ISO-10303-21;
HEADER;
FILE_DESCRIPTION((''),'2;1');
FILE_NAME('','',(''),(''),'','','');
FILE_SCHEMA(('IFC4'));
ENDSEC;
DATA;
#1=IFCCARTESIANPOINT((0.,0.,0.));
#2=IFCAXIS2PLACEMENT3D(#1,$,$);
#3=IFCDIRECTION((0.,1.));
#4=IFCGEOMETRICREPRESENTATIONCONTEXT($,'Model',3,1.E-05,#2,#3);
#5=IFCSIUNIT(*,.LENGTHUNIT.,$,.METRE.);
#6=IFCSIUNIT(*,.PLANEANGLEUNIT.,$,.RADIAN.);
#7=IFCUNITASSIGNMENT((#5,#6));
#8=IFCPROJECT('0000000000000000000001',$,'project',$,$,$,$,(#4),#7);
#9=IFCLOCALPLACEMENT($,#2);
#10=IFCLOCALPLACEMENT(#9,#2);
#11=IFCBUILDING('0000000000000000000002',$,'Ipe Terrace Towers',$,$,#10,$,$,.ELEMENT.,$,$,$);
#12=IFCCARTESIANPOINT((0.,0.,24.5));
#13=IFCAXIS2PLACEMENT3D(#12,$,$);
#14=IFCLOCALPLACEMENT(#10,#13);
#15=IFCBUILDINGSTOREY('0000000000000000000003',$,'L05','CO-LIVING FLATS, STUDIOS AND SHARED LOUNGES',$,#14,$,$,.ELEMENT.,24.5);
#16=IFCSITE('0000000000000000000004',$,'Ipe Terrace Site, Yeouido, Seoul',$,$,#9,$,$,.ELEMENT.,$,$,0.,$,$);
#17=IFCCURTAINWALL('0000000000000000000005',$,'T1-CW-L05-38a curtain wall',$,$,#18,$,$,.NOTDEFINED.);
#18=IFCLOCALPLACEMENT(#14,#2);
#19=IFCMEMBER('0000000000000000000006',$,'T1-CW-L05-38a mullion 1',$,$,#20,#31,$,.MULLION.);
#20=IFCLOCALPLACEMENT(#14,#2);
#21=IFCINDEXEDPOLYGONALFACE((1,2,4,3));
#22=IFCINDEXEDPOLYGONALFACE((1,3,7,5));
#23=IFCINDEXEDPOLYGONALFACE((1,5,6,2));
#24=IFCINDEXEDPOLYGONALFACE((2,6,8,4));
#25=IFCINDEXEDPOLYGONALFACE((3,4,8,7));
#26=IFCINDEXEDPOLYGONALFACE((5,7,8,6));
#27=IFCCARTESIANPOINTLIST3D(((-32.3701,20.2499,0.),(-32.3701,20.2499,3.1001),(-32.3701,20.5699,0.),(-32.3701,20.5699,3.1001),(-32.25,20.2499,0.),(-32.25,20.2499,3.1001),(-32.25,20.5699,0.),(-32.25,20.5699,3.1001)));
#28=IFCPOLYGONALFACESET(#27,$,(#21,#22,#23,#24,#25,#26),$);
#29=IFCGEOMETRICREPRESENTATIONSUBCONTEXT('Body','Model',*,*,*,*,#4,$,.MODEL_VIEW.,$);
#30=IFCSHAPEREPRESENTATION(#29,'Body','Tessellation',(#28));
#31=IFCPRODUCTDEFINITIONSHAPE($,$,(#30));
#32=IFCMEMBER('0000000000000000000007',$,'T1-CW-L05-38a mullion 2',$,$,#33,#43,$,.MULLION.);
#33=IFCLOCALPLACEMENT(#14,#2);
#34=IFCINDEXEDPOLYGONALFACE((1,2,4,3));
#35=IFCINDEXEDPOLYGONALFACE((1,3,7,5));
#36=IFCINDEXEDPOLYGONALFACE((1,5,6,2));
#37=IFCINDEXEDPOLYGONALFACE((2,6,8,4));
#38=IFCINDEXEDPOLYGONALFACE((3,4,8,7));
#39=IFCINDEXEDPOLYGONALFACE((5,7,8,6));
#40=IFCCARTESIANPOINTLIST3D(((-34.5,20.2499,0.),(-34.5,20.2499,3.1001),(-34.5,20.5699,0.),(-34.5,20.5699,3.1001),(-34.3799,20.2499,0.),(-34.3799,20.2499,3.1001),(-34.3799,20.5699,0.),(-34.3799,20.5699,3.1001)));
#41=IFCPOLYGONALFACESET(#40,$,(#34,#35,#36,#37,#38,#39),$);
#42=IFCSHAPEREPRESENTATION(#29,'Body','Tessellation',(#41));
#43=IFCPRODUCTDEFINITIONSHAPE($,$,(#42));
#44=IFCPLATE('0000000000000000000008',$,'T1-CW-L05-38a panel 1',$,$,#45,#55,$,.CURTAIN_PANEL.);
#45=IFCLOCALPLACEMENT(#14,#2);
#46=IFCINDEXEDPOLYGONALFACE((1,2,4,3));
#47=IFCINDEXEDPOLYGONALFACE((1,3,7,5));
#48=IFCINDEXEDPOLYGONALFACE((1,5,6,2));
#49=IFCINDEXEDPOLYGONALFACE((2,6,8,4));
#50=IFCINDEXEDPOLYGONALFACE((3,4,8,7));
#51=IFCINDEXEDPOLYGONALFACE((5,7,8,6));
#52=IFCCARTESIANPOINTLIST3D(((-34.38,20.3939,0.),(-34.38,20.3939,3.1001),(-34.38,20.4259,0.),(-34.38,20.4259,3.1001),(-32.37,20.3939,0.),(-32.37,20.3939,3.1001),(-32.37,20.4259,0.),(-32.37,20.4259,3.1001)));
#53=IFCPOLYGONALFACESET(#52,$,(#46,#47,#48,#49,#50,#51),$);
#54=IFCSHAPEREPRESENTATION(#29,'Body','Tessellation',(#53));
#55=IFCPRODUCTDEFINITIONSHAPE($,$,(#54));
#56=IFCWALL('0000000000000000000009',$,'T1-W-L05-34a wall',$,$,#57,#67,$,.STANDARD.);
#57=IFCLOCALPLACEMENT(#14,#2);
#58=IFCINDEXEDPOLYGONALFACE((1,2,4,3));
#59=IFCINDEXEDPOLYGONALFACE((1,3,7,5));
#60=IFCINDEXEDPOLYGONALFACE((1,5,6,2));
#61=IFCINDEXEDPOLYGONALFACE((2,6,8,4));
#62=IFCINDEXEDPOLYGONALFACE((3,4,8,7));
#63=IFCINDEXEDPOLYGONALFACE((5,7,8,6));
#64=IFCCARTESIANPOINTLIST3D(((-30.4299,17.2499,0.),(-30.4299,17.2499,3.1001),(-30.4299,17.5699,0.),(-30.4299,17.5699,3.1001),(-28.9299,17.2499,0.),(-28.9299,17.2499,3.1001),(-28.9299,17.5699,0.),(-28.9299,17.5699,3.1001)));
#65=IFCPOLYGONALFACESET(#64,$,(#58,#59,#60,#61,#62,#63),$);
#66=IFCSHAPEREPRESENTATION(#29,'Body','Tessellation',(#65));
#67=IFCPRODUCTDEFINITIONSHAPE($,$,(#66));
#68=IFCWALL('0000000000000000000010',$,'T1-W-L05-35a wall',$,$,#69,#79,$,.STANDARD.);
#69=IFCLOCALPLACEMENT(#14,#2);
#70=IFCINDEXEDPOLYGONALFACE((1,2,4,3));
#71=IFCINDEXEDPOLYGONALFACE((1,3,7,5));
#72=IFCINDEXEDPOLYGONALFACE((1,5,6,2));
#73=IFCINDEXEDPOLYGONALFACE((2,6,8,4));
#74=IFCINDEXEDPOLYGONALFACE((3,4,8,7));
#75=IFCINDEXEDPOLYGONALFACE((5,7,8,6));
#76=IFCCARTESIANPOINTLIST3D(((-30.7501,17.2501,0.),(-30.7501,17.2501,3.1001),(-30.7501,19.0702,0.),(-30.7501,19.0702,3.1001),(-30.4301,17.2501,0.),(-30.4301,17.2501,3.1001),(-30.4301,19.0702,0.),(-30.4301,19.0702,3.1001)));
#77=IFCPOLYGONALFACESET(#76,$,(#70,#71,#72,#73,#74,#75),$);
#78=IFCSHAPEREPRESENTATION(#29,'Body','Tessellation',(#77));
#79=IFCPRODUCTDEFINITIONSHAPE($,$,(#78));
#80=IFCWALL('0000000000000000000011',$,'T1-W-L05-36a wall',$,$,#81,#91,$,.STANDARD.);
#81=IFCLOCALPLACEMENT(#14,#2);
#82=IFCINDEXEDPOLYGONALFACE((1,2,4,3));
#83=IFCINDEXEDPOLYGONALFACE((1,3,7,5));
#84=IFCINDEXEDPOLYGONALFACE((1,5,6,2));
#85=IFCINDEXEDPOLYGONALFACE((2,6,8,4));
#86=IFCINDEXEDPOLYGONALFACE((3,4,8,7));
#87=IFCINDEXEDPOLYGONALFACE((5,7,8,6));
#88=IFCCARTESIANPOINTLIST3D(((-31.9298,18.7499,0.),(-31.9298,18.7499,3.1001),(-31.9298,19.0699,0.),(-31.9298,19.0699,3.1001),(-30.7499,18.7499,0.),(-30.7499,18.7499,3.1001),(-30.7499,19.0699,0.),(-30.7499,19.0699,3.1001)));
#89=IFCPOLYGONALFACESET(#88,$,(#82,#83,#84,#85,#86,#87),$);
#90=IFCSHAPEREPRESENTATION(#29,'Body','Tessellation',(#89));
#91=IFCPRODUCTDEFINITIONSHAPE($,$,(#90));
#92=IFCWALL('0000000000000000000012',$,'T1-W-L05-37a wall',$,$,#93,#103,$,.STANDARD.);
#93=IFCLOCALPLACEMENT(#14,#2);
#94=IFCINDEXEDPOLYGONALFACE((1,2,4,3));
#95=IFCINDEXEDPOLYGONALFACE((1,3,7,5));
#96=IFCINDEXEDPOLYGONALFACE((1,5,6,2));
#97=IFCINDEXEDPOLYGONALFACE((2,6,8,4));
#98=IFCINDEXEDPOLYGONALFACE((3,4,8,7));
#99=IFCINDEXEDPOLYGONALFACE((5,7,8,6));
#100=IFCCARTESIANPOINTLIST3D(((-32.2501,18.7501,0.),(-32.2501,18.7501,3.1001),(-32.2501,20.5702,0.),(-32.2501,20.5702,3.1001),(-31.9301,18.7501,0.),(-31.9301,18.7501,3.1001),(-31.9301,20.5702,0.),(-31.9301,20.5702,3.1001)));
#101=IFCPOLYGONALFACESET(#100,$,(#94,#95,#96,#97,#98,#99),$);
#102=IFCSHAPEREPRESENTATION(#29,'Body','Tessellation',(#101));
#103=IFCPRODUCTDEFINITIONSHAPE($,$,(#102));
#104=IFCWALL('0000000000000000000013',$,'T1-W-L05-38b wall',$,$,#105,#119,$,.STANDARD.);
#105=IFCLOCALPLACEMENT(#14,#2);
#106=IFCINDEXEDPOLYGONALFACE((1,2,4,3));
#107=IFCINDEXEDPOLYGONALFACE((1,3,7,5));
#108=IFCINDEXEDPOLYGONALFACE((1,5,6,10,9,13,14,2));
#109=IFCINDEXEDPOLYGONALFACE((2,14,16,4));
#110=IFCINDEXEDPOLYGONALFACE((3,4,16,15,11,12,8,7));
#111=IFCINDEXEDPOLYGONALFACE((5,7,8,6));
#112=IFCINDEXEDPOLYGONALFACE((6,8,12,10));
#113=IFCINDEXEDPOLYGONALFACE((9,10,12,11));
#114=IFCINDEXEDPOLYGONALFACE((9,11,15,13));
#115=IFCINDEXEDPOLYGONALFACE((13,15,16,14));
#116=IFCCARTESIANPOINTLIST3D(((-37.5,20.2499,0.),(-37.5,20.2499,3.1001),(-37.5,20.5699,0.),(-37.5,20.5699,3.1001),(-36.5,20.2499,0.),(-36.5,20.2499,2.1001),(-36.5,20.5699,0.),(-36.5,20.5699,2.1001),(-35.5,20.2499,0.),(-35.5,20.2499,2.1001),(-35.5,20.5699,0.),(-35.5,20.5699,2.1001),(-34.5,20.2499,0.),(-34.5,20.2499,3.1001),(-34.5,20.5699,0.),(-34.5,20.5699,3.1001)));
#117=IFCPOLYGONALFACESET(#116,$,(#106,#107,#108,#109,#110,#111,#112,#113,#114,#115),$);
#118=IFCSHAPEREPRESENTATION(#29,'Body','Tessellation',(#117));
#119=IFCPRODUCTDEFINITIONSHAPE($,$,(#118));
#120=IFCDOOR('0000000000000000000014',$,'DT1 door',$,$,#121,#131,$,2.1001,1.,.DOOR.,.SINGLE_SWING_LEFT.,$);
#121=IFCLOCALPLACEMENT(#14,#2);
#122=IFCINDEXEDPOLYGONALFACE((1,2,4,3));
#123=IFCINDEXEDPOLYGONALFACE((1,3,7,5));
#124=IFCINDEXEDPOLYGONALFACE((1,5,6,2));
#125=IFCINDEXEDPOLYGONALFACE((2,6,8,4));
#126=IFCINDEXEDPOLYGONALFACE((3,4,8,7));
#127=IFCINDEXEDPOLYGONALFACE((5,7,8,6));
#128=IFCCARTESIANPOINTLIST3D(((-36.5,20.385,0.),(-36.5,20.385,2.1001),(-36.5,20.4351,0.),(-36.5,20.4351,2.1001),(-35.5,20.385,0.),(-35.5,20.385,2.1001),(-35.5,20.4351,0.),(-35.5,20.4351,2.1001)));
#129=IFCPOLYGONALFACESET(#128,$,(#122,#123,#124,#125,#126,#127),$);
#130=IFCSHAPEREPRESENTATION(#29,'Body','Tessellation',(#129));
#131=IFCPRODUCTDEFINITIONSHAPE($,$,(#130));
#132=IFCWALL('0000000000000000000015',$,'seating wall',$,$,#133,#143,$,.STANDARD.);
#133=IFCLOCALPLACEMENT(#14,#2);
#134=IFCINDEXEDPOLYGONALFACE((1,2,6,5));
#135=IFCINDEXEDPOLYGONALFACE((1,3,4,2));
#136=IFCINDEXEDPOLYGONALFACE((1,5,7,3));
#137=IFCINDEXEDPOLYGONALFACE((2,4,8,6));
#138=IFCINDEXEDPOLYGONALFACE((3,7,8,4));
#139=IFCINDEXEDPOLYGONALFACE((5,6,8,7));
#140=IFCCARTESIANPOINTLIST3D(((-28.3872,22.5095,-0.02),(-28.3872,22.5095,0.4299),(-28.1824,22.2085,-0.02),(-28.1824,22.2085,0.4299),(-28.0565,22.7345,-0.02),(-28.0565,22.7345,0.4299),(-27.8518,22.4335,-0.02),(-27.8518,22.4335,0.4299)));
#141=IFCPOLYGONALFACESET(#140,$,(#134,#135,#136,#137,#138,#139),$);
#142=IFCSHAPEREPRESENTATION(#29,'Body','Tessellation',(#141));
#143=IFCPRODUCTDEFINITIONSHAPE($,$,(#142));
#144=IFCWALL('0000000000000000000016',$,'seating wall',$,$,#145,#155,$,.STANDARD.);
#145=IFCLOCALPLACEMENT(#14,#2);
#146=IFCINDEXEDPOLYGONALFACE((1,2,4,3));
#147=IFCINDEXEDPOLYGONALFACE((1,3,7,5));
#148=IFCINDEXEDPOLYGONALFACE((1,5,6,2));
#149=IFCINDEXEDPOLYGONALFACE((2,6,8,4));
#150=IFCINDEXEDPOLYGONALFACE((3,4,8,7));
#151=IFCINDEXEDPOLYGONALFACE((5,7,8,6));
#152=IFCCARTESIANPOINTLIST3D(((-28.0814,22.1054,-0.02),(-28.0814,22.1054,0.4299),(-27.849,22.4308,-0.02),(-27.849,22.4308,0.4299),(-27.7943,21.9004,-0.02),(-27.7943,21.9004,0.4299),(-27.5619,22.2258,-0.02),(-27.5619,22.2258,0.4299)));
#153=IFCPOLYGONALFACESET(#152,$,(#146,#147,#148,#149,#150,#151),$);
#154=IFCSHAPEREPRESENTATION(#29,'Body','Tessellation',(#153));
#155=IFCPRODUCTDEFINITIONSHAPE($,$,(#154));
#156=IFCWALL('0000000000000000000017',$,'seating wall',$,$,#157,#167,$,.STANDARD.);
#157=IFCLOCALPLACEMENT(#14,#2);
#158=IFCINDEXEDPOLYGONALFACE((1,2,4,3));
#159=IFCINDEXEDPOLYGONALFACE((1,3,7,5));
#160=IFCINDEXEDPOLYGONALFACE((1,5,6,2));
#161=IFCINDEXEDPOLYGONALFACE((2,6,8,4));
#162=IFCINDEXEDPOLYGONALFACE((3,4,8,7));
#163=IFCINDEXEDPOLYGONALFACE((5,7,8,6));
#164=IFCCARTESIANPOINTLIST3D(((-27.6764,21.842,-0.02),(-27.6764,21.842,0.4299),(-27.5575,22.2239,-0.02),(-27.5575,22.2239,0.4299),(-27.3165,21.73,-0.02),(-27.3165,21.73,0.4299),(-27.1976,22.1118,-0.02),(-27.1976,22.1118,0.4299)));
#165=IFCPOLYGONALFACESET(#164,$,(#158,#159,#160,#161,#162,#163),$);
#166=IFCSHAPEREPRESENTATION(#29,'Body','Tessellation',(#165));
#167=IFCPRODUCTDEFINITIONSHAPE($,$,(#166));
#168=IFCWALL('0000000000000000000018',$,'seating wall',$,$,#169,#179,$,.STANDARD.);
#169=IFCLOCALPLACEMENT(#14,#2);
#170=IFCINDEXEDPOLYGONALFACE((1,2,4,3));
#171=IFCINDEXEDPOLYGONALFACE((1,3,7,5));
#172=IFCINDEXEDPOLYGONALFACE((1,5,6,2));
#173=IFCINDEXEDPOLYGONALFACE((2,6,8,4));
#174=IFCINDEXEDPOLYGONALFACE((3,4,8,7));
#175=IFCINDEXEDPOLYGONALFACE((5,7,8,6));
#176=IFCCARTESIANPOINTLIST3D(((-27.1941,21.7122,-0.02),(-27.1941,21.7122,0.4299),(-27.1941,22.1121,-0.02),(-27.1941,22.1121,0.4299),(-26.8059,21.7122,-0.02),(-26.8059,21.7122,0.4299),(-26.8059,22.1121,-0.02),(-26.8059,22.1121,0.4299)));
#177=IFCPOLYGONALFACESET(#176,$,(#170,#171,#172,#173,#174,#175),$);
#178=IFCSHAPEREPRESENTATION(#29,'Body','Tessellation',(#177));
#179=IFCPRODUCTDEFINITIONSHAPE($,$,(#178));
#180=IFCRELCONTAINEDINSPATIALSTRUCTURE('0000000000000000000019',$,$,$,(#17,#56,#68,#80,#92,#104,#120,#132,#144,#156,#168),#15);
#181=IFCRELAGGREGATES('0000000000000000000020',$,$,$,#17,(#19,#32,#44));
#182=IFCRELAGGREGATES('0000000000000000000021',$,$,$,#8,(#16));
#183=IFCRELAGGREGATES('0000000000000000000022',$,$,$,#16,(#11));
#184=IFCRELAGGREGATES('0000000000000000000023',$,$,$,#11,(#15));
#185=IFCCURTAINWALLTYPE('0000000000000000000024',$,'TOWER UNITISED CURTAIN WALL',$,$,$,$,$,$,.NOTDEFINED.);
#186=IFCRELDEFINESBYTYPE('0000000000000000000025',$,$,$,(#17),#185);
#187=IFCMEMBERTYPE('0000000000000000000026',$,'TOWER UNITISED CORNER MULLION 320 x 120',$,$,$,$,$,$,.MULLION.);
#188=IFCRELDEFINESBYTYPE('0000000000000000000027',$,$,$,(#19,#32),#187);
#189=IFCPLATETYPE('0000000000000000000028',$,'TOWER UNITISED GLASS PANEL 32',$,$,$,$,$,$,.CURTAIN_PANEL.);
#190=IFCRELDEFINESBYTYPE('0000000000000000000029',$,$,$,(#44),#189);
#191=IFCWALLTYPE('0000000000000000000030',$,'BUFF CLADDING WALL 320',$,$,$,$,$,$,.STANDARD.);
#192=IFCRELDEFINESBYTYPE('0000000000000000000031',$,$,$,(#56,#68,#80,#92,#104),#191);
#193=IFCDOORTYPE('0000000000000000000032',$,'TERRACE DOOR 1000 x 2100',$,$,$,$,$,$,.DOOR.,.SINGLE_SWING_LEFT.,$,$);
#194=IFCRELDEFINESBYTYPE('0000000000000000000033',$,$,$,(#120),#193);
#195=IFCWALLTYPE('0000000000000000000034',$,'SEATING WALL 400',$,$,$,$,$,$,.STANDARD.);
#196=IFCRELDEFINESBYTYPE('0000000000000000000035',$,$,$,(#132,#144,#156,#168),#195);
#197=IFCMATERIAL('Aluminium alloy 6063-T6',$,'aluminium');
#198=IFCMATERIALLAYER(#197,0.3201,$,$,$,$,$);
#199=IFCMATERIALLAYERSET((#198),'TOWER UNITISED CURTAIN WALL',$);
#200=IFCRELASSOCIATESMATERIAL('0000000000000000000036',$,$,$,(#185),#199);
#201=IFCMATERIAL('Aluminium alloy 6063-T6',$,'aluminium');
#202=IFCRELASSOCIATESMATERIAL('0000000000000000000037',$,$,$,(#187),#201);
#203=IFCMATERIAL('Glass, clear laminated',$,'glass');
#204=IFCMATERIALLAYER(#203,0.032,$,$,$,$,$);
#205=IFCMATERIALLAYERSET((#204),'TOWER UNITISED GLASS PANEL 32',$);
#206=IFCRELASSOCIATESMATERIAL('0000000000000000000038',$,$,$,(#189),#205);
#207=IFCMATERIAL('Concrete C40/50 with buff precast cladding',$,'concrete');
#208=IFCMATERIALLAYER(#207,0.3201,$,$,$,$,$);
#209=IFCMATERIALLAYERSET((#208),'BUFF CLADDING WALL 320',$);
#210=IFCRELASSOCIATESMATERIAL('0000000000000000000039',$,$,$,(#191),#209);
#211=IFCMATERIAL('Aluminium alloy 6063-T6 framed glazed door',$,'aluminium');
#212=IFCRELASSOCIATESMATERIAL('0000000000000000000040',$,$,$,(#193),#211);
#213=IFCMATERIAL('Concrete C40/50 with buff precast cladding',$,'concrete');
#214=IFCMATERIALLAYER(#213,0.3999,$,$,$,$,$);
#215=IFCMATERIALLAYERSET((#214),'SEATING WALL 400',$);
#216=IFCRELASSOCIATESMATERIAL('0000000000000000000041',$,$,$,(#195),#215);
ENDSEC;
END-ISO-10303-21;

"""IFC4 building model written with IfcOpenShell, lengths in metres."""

from ifc_helpers import new_model, si_unit, direction, frame, frame_2d, origin, origin_2d, place, context, subcontext, project, spatial, rectangle, extrude, material, layer, layer_set, material_profile, profile_set, type_object, element, fill, aggregate, save


model = new_model("IFC4")

# Units and contexts
model_context = context("Model", 3, precision=1e-05, world=origin(), true_north=direction((0.0, 1.0)))
body_context = subcontext(model_context, "Body", "Model", "MODEL_VIEW")
ifc_project = project(units=[si_unit("LENGTHUNIT", "METRE"), si_unit("PLANEANGLEUNIT", "RADIAN")], contexts=[model_context])

# Site, building, storey
site_placement = place(None, origin())
site = spatial("IfcSite", under=ifc_project, at=site_placement, Name="Ipe Terrace Site, Yeouido, Seoul", CompositionType="ELEMENT", RefElevation=0.0)
building_placement = place(site_placement, origin())
building = spatial("IfcBuilding", under=site, at=building_placement, Name="Ipe Terrace Towers", CompositionType="ELEMENT")
storey_placement = place(building_placement, frame((0.0, 0.0, 24.5)))
storey = spatial("IfcBuildingStorey", under=building, at=storey_placement, Name="L05", Description="CO-LIVING FLATS, STUDIOS AND SHARED LOUNGES", CompositionType="ELEMENT", Elevation=24.5)

# Shared definitions
ifc_material_1 = material(Name="Aluminium alloy 6063-T6", Category="aluminium")
ifc_layer_1 = layer(ifc_material_1, 0.3201)
ifc_layer_set_1 = layer_set([ifc_layer_1], Name="TOWER UNITISED CURTAIN WALL")
curtain_wall_type = type_object("IfcCurtainWallType", Name="TOWER UNITISED CURTAIN WALL", PredefinedType="NOTDEFINED", material=ifc_layer_set_1)
ifc_material_2 = material(Name="Aluminium alloy 6063-T6", Category="aluminium")
ifc_material_profile_1 = material_profile(ifc_material_2, rectangle(XDim=0.3201, YDim=0.1201, at=origin_2d()), Name="TOWER UNITISED CORNER MULLION 320 x 120")
ifc_profile_set_1 = profile_set([ifc_material_profile_1], Name="Aluminium alloy 6063-T6")
member_type_1 = type_object("IfcMemberType", Name="TOWER UNITISED CORNER MULLION 320 x 120", PredefinedType="MULLION", material=ifc_profile_set_1)

# Curtain wall, members, plate
curtain_wall_1_placement = place(storey_placement, origin())
curtain_wall_1 = element("IfcCurtainWall", 1, at=curtain_wall_1_placement, inside=storey, type_object=curtain_wall_type, Name="T1-CW-L05-38a curtain wall", PredefinedType="NOTDEFINED")
member_1_placement = place(storey_placement, frame((-32.3101, 20.4099, 0.0), z_axis=(0.0, 0.0, 1.0), x_axis=(0.0, 1.0, 0.0)))
member_1 = element("IfcMember", 2, at=member_1_placement, type_object=member_type_1, Name="T1-CW-L05-38a mullion 1", PredefinedType="MULLION", context=body_context, shape_type="SweptSolid", body=[
    extrude(rectangle(XDim=0.3201, YDim=0.1201, at=origin_2d()), origin(), (0.0, 0.0, 1.0), 3.1001),
])
member_2_placement = place(storey_placement, frame((-34.4399, 20.4099, 0.0), z_axis=(0.0, 0.0, 1.0), x_axis=(0.0, 1.0, 0.0)))
member_2 = element("IfcMember", 3, at=member_2_placement, type_object=member_type_1, Name="T1-CW-L05-38a mullion 2", PredefinedType="MULLION", context=body_context, shape_type="SweptSolid", body=[
    extrude(rectangle(XDim=0.3201, YDim=0.1201, at=origin_2d()), origin(), (0.0, 0.0, 1.0), 3.1001),
])
ifc_material_3 = material(Name="Glass, clear laminated", Category="glass")
ifc_layer_2 = layer(ifc_material_3, 0.032)
ifc_layer_set_2 = layer_set([ifc_layer_2], Name="TOWER UNITISED GLASS PANEL 32")
plate_type = type_object("IfcPlateType", Name="TOWER UNITISED GLASS PANEL 32", PredefinedType="CURTAIN_PANEL", material=ifc_layer_set_2)
plate_placement = place(storey_placement, frame((-33.375, 20.4099, 0.0), z_axis=(0.0, 0.0, 1.0), x_axis=(-1.0, 0.0, 0.0)))
plate = element("IfcPlate", 4, at=plate_placement, type_object=plate_type, Name="T1-CW-L05-38a panel 1", PredefinedType="CURTAIN_PANEL", context=body_context, shape_type="SweptSolid", body=[
    extrude(rectangle(XDim=2.01, YDim=0.032, at=origin_2d()), origin(), (0.0, 0.0, 1.0), 3.1001),
])
aggregate(curtain_wall_1, [member_1, member_2, plate])

# Walls
ifc_material_4 = material(Name="Concrete C40/50 with buff precast cladding", Category="concrete")
ifc_layer_3 = layer(ifc_material_4, 0.3201)
ifc_layer_set_3 = layer_set([ifc_layer_3], Name="BUFF CLADDING WALL 320")
wall_type_1 = type_object("IfcWallType", Name="BUFF CLADDING WALL 320", PredefinedType="STANDARD", material=ifc_layer_set_3)
wall_1_placement = place(storey_placement, frame((-28.9299, 17.4099, 0.0), z_axis=(0.0, 0.0, 1.0), x_axis=(-1.0, 0.0, 0.0)))
element("IfcWall", 5, at=wall_1_placement, inside=storey, type_object=wall_type_1, Name="T1-W-L05-34a wall", PredefinedType="STANDARD", context=body_context, shape_type="SweptSolid", body=[
    extrude(rectangle(XDim=1.5, YDim=0.3201, at=frame_2d((0.75, 0.0))), origin(), (0.0, 0.0, 1.0), 3.1001),
])
wall_2_placement = place(storey_placement, frame((-30.5901, 17.25, 0.0), z_axis=(0.0, 0.0, 1.0), x_axis=(0.0, 1.0, 0.0)))
element("IfcWall", 6, at=wall_2_placement, inside=storey, type_object=wall_type_1, Name="T1-W-L05-35a wall", PredefinedType="STANDARD", context=body_context, shape_type="SweptSolid", body=[
    extrude(rectangle(XDim=1.8201, YDim=0.3201, at=frame_2d((0.9102, 0.0))), origin(), (0.0, 0.0, 1.0), 3.1001),
])
wall_3_placement = place(storey_placement, frame((-30.75, 18.9099, 0.0), z_axis=(0.0, 0.0, 1.0), x_axis=(-1.0, 0.0, 0.0)))
element("IfcWall", 7, at=wall_3_placement, inside=storey, type_object=wall_type_1, Name="T1-W-L05-36a wall", PredefinedType="STANDARD", context=body_context, shape_type="SweptSolid", body=[
    extrude(rectangle(XDim=1.1799, YDim=0.3201, at=frame_2d((0.5898, 0.0))), origin(), (0.0, 0.0, 1.0), 3.1001),
])
wall_4_placement = place(storey_placement, frame((-32.0901, 18.75, 0.0), z_axis=(0.0, 0.0, 1.0), x_axis=(0.0, 1.0, 0.0)))
element("IfcWall", 8, at=wall_4_placement, inside=storey, type_object=wall_type_1, Name="T1-W-L05-37a wall", PredefinedType="STANDARD", context=body_context, shape_type="SweptSolid", body=[
    extrude(rectangle(XDim=1.8201, YDim=0.3201, at=frame_2d((0.9102, 0.0))), origin(), (0.0, 0.0, 1.0), 3.1001),
])

# Wall, opening, door
wall_5_placement = place(storey_placement, frame((-34.5, 20.4099, 0.0), z_axis=(0.0, 0.0, 1.0), x_axis=(-1.0, 0.0, 0.0)))
wall_5 = element("IfcWall", 9, at=wall_5_placement, inside=storey, type_object=wall_type_1, Name="T1-W-L05-38b wall", PredefinedType="STANDARD", context=body_context, shape_type="SweptSolid", body=[
    extrude(rectangle(XDim=3.0, YDim=0.3201, at=frame_2d((1.5, 0.0))), origin(), (0.0, 0.0, 1.0), 3.1001),
])
opening_placement = place(wall_5_placement, frame((1.0, 0.0, 0.0)))
opening = element("IfcOpeningElement", 10, at=opening_placement, cuts=wall_5, PredefinedType="OPENING", context=body_context, shape_type="SweptSolid", body=[
    extrude(rectangle(XDim=1.0, YDim=2.1001, at=frame_2d((0.5, 1.05))), frame((0.0, 0.1699, 0.0), z_axis=(0.0, -1.0, 0.0), x_axis=(1.0, 0.0, 0.0)), (0.0, 0.0, 1.0), 0.3401),
])
ifc_material_5 = material(Name="Aluminium alloy 6063-T6 framed glazed door", Category="aluminium")
door_type = type_object("IfcDoorType", Name="TERRACE DOOR 1000 x 2100", OperationType="SINGLE_SWING_LEFT", PredefinedType="DOOR", material=ifc_material_5)
door_placement = place(opening_placement, origin())
door = element("IfcDoor", 11, at=door_placement, inside=storey, type_object=door_type, Name="DT1 door", OperationType="SINGLE_SWING_LEFT", OverallHeight=2.1001, OverallWidth=1.0, PredefinedType="DOOR", context=body_context, shape_type="SweptSolid", body=[
    extrude(rectangle(XDim=1.0, YDim=2.1001, at=frame_2d((0.5, 1.05))), frame((0.0, 0.0249, 0.0), z_axis=(0.0, -1.0, 0.0), x_axis=(1.0, 0.0, 0.0)), (0.0, 0.0, 1.0), 0.05),
])
fill(opening, door)

# Walls
ifc_material_6 = material(Name="Concrete C40/50 with buff precast cladding", Category="concrete")
ifc_layer_4 = layer(ifc_material_6, 0.3999)
ifc_layer_set_4 = layer_set([ifc_layer_4], Name="SEATING WALL 400")
wall_type_2 = type_object("IfcWallType", Name="SEATING WALL 400", PredefinedType="STANDARD", material=ifc_layer_set_4)
wall_6_placement = place(storey_placement, frame((-28.2219, 22.6221, -0.02), z_axis=(0.0, 0.0, 1.0), x_axis=(0.562567, -0.826752, 0.0)))
element("IfcWall", 12, at=wall_6_placement, inside=storey, type_object=wall_type_2, Name="seating wall", PredefinedType="STANDARD", context=body_context, shape_type="SweptSolid", body=[
    extrude(rectangle(XDim=0.364, YDim=0.3999, at=frame_2d((0.1821, 0.0))), origin(), (0.0, 0.0, 1.0), 0.45),
])
wall_7_placement = place(storey_placement, frame((-27.9651, 22.2681, -0.02), z_axis=(0.0, 0.0, 1.0), x_axis=(0.813733, -0.581238, 0.0)))
element("IfcWall", 13, at=wall_7_placement, inside=storey, type_object=wall_type_2, Name="seating wall", PredefinedType="STANDARD", context=body_context, shape_type="SweptSolid", body=[
    extrude(rectangle(XDim=0.3528, YDim=0.3999, at=frame_2d((0.1763, 0.0))), origin(), (0.0, 0.0, 1.0), 0.45),
])
wall_8_placement = place(storey_placement, frame((-27.6169, 22.033, -0.02), z_axis=(0.0, 0.0, 1.0), x_axis=(0.954779, -0.297316, 0.0)))
element("IfcWall", 14, at=wall_8_placement, inside=storey, type_object=wall_type_2, Name="seating wall", PredefinedType="STANDARD", context=body_context, shape_type="SweptSolid", body=[
    extrude(rectangle(XDim=0.377, YDim=0.3999, at=frame_2d((0.1885, 0.0))), origin(), (0.0, 0.0, 1.0), 0.45),
])
wall_9_placement = place(storey_placement, frame((-27.1941, 21.9121, -0.02), z_axis=(0.0, 0.0, 1.0), x_axis=(1.0, 0.0, 0.0)))
element("IfcWall", 15, at=wall_9_placement, inside=storey, type_object=wall_type_2, Name="seating wall", PredefinedType="STANDARD", context=body_context, shape_type="SweptSolid", body=[
    extrude(rectangle(XDim=0.3882, YDim=0.3999, at=frame_2d((0.1941, 0.0))), origin(), (0.0, 0.0, 1.0), 0.45),
])

save(model, "model.ifc")
